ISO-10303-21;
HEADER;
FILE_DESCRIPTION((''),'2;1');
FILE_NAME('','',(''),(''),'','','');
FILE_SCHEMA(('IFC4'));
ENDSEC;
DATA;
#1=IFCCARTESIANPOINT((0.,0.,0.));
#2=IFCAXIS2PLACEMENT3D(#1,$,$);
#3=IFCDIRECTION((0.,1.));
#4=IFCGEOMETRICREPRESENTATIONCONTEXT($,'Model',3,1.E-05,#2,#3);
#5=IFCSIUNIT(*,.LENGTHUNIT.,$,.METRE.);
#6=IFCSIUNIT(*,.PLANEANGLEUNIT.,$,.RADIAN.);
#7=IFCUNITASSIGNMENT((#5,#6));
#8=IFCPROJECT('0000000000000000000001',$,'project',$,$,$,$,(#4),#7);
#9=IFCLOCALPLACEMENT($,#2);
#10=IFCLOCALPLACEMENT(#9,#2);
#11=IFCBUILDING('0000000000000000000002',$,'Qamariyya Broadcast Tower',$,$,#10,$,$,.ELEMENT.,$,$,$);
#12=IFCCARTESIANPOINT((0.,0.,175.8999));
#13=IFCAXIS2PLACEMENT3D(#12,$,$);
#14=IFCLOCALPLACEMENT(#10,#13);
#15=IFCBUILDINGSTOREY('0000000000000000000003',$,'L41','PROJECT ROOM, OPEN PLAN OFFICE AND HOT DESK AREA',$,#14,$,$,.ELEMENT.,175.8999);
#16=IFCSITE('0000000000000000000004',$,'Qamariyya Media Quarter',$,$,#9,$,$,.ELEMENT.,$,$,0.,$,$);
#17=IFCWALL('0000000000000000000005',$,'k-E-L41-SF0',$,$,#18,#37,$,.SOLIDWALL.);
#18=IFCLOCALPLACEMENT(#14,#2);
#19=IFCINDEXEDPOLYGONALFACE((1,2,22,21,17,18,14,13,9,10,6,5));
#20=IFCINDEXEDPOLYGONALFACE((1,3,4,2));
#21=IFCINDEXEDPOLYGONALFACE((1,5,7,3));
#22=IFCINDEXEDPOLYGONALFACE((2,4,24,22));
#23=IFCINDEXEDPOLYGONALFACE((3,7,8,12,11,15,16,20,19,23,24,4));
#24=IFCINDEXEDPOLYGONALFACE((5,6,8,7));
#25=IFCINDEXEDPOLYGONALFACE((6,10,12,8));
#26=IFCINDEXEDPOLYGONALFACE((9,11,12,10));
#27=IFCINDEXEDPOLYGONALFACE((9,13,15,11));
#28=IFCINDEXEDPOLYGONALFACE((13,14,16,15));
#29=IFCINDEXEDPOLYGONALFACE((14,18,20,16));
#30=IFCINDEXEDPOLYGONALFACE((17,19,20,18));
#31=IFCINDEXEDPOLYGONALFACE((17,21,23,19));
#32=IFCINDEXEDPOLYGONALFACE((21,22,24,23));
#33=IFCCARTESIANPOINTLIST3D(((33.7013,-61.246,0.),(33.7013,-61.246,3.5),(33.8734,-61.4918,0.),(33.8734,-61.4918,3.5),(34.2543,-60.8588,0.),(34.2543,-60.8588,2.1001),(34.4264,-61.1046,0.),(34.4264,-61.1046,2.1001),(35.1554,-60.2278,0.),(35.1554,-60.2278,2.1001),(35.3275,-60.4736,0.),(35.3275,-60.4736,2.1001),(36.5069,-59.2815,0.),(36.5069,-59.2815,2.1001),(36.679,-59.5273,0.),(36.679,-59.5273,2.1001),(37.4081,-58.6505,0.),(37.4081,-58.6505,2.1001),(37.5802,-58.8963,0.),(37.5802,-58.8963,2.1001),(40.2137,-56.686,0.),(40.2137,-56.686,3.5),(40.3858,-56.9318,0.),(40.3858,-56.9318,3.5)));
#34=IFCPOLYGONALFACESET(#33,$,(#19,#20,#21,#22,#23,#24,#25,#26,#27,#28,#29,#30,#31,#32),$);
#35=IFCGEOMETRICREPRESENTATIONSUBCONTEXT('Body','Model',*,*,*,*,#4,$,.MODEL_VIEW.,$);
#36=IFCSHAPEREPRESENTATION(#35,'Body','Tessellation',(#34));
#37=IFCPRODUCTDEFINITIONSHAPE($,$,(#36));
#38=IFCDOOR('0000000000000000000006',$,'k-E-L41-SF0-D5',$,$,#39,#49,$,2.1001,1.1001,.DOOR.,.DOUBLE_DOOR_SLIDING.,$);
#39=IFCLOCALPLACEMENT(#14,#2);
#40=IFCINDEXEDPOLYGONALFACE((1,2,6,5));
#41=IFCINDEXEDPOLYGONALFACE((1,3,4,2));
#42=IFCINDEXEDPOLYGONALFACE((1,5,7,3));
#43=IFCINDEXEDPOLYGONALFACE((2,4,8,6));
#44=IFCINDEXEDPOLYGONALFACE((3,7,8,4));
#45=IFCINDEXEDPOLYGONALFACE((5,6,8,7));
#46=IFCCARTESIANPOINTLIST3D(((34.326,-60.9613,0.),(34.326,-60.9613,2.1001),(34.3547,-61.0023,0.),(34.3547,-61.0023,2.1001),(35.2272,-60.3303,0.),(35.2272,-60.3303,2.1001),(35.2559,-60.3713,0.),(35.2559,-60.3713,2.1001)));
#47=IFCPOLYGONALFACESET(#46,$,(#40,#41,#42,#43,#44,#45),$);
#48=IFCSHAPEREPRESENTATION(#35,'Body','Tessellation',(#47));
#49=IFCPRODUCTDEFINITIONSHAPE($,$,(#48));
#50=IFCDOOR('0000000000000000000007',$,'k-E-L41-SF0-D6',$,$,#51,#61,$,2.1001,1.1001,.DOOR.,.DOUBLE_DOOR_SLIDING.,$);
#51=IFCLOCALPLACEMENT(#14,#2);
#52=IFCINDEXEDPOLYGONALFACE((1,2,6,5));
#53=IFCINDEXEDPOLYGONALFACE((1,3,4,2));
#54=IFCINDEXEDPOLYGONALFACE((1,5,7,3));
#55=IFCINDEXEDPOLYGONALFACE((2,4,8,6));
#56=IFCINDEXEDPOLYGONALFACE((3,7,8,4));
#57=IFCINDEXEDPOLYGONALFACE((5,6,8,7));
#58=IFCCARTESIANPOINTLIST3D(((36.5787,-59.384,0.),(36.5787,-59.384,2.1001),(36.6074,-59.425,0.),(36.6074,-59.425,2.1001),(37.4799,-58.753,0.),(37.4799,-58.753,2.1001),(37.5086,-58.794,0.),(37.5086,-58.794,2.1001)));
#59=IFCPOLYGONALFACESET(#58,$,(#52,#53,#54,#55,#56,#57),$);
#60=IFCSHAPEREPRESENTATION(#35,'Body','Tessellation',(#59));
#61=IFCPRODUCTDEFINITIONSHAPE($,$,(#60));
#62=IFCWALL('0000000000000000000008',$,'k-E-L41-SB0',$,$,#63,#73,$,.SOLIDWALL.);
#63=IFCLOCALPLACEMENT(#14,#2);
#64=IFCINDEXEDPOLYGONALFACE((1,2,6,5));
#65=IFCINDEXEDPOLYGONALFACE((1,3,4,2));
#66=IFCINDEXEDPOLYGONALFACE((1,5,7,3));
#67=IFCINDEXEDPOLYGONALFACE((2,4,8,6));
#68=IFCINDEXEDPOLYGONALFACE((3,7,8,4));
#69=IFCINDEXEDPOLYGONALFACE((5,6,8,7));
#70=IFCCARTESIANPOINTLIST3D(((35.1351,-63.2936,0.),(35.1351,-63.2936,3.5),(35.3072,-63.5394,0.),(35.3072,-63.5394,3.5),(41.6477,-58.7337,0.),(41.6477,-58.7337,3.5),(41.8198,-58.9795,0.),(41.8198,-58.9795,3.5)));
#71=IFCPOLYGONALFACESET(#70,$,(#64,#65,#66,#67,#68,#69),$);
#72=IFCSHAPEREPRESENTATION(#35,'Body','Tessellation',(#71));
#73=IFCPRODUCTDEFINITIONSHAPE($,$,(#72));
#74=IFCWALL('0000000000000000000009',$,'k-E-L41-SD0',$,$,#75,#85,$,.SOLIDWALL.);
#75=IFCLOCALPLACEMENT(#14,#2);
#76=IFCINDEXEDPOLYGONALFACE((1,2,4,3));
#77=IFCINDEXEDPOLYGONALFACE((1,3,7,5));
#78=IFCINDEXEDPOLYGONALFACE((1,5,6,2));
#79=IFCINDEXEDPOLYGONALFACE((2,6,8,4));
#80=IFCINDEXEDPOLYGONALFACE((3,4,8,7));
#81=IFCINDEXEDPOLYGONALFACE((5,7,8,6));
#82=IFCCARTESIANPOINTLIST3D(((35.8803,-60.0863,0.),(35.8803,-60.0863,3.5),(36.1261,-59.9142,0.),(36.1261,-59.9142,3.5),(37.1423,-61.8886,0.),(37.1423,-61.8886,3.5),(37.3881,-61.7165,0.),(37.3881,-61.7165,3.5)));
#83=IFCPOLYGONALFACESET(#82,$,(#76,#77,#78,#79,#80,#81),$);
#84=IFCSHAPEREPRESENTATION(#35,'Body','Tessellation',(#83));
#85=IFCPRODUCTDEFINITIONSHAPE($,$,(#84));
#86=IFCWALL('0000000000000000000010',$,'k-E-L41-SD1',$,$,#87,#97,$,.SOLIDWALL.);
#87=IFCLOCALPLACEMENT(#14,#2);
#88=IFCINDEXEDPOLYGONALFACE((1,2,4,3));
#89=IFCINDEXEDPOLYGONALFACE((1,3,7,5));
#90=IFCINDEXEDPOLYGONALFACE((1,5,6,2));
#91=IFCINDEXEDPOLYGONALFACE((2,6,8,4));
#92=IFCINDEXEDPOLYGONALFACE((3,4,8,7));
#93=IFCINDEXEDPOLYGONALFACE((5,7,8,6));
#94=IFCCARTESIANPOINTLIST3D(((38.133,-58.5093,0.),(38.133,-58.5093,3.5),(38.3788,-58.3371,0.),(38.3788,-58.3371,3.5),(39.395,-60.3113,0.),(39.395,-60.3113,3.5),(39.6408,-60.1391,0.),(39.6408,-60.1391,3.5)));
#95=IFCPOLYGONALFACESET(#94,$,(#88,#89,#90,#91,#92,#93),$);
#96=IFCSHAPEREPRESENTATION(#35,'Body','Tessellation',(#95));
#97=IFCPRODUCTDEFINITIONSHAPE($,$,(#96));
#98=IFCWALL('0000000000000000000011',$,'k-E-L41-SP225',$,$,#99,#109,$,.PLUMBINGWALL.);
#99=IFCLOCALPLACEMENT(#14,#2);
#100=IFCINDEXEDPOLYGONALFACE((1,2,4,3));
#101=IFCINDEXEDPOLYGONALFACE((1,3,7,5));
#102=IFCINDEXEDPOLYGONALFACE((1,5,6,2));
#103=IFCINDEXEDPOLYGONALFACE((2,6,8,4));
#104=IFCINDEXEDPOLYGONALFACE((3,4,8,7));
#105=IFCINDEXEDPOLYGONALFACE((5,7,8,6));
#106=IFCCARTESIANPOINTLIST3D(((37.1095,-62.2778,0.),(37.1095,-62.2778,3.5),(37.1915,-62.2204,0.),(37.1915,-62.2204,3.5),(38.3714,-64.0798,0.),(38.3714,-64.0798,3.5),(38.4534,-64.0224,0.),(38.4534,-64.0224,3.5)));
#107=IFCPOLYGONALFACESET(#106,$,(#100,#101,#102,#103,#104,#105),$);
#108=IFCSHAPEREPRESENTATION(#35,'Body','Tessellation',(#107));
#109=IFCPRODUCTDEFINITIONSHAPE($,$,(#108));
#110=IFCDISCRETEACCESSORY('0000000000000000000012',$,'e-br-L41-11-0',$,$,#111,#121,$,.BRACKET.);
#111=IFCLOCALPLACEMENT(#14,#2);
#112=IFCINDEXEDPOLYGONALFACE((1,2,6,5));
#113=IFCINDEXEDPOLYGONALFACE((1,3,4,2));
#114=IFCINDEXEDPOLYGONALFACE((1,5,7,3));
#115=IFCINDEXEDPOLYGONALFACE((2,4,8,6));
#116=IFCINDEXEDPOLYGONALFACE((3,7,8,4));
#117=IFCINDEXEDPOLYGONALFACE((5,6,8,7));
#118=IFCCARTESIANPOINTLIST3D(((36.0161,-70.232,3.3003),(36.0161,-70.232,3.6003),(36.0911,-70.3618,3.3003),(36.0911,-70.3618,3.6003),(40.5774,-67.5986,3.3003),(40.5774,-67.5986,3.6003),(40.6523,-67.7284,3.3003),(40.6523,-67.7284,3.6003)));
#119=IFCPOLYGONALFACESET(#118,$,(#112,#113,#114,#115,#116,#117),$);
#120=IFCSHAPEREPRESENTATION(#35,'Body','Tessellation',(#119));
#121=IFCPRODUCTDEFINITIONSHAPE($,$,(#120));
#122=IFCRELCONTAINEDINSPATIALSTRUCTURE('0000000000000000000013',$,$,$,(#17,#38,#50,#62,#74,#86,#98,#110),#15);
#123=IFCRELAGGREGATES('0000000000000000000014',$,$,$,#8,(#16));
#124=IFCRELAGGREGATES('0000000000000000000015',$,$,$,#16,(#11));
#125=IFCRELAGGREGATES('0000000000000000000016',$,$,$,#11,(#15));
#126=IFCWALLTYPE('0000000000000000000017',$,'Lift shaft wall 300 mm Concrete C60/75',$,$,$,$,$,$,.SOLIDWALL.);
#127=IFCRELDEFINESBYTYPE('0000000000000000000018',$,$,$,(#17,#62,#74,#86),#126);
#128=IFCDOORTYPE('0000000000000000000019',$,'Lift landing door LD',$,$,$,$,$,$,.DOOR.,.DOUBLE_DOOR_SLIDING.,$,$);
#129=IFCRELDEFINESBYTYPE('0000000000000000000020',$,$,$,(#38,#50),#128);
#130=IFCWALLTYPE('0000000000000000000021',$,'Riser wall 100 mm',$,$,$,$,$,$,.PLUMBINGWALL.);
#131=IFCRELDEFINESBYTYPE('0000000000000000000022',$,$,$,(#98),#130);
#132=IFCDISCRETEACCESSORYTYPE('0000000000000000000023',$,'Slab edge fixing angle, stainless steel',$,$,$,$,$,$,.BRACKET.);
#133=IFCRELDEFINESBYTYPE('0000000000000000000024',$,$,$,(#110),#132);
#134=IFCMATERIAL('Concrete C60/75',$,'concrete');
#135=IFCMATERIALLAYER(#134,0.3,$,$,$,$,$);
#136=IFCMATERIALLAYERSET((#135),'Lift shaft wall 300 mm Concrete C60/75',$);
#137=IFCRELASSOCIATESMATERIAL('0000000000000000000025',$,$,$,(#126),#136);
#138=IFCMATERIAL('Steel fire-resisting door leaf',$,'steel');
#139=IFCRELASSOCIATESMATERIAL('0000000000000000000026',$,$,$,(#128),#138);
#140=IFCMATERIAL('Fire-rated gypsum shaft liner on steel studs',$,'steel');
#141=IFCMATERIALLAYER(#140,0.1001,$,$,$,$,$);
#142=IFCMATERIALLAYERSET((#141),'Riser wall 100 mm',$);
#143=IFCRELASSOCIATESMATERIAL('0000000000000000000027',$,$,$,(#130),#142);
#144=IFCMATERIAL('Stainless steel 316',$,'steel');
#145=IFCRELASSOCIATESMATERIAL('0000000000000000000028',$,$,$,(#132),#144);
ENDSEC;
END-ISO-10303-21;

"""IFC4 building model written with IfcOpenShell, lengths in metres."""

from ifc_helpers import new_model, si_unit, direction, frame, frame_2d, origin, origin_2d, place, context, subcontext, project, spatial, rectangle, extrude, material, layer, layer_set, type_object, element, fill, save


model = new_model("IFC4")

# Units and contexts
model_context = context("Model", 3, precision=1e-05, world=origin(), true_north=direction((0.0, 1.0)))
body_context = subcontext(model_context, "Body", "Model", "MODEL_VIEW")
ifc_project = project(units=[si_unit("LENGTHUNIT", "METRE"), si_unit("PLANEANGLEUNIT", "RADIAN")], contexts=[model_context])

# Site, building, storey
site_placement = place(None, origin())
site = spatial("IfcSite", under=ifc_project, at=site_placement, Name="Qamariyya Media Quarter", CompositionType="ELEMENT", RefElevation=0.0)
building_placement = place(site_placement, origin())
building = spatial("IfcBuilding", under=site, at=building_placement, Name="Qamariyya Broadcast Tower", CompositionType="ELEMENT")
storey_placement = place(building_placement, frame((0.0, 0.0, 175.8999)))
storey = spatial("IfcBuildingStorey", under=building, at=storey_placement, Name="L41", Description="PROJECT ROOM, OPEN PLAN OFFICE AND HOT DESK AREA", CompositionType="ELEMENT", Elevation=175.8999)

# Shared definitions
ifc_material_1 = material(Name="Concrete C60/75", Category="concrete")

# Shared definitions
ifc_material_2 = material(Name="Steel fire-resisting door leaf", Category="steel")

# Shared definitions
ifc_layer_1 = layer(ifc_material_1, 0.3)
ifc_layer_set_1 = layer_set([ifc_layer_1], Name="Lift shaft wall 300 mm Concrete C60/75")
wall_type_1 = type_object("IfcWallType", Name="Lift shaft wall 300 mm Concrete C60/75", PredefinedType="SOLIDWALL", material=ifc_layer_set_1)

# Wall, openings, doors
wall_1_placement = place(storey_placement, frame((33.7874, -61.3689, 0.0), z_axis=(0.0, 0.0, 1.0), x_axis=(0.819153, 0.573576, 0.0)))
wall_1 = element("IfcWall", 1, at=wall_1_placement, inside=storey, type_object=wall_type_1, Name="k-E-L41-SF0", PredefinedType="SOLIDWALL", context=body_context, shape_type="SweptSolid", body=[
    extrude(rectangle(XDim=7.9502, YDim=0.3, at=frame_2d((3.9751, 0.0))), origin(), (0.0, 0.0, 1.0), 3.5),
])
opening_1_placement = place(wall_1_placement, frame((0.675, 0.0, 0.0)))
opening_1 = element("IfcOpeningElement", 2, at=opening_1_placement, cuts=wall_1, PredefinedType="OPENING", context=body_context, shape_type="SweptSolid", body=[
    extrude(rectangle(XDim=1.1001, YDim=2.1001, at=frame_2d((0.55, 1.05))), frame((0.0, 0.1599, 0.0), z_axis=(0.0, -1.0, 0.0), x_axis=(1.0, 0.0, 0.0)), (0.0, 0.0, 1.0), 0.3201),
])
opening_2_placement = place(wall_1_placement, frame((3.425, 0.0, 0.0)))
opening_2 = element("IfcOpeningElement", 3, at=opening_2_placement, cuts=wall_1, PredefinedType="OPENING", context=body_context, shape_type="SweptSolid", body=[
    extrude(rectangle(XDim=1.1001, YDim=2.1001, at=frame_2d((0.55, 1.05))), frame((0.0, 0.1599, 0.0), z_axis=(0.0, -1.0, 0.0), x_axis=(1.0, 0.0, 0.0)), (0.0, 0.0, 1.0), 0.3201),
])
door_type_1 = type_object("IfcDoorType", Name="Lift landing door LD", OperationType="DOUBLE_DOOR_SLIDING", PredefinedType="DOOR", material=ifc_material_2)
door_1_placement = place(opening_1_placement, origin())
door_1 = element("IfcDoor", 4, at=door_1_placement, inside=storey, type_object=door_type_1, Name="k-E-L41-SF0-D5", OperationType="DOUBLE_DOOR_SLIDING", OverallHeight=2.1001, OverallWidth=1.1001, PredefinedType="DOOR", context=body_context, shape_type="SweptSolid", body=[
    extrude(rectangle(XDim=1.1001, YDim=2.1001, at=frame_2d((0.55, 1.05))), frame((0.0, 0.0249, 0.0), z_axis=(0.0, -1.0, 0.0), x_axis=(1.0, 0.0, 0.0)), (0.0, 0.0, 1.0), 0.05),
])
fill(opening_1, door_1)
door_2_placement = place(opening_2_placement, origin())
door_2 = element("IfcDoor", 5, at=door_2_placement, inside=storey, type_object=door_type_1, Name="k-E-L41-SF0-D6", OperationType="DOUBLE_DOOR_SLIDING", OverallHeight=2.1001, OverallWidth=1.1001, PredefinedType="DOOR", context=body_context, shape_type="SweptSolid", body=[
    extrude(rectangle(XDim=1.1001, YDim=2.1001, at=frame_2d((0.55, 1.05))), frame((0.0, 0.0249, 0.0), z_axis=(0.0, -1.0, 0.0), x_axis=(1.0, 0.0, 0.0)), (0.0, 0.0, 1.0), 0.05),
])
fill(opening_2, door_2)

# Walls
wall_2_placement = place(storey_placement, frame((35.2212, -63.4165, 0.0), z_axis=(0.0, 0.0, 1.0), x_axis=(0.819167, 0.573555, 0.0)))
element("IfcWall", 6, at=wall_2_placement, inside=storey, type_object=wall_type_1, Name="k-E-L41-SB0", PredefinedType="SOLIDWALL", context=body_context, shape_type="SweptSolid", body=[
    extrude(rectangle(XDim=7.9502, YDim=0.3, at=frame_2d((3.9751, 0.0))), origin(), (0.0, 0.0, 1.0), 3.5),
])
wall_3_placement = place(storey_placement, frame((36.0032, -60.0002, 0.0), z_axis=(0.0, 0.0, 1.0), x_axis=(0.573581, -0.819149, 0.0)))
element("IfcWall", 7, at=wall_3_placement, inside=storey, type_object=wall_type_1, Name="k-E-L41-SD0", PredefinedType="SOLIDWALL", context=body_context, shape_type="SweptSolid", body=[
    extrude(rectangle(XDim=2.2002, YDim=0.3, at=frame_2d((1.1001, 0.0))), origin(), (0.0, 0.0, 1.0), 3.5),
])
wall_4_placement = place(storey_placement, frame((38.2559, -58.4231, 0.0), z_axis=(0.0, 0.0, 1.0), x_axis=(0.573634, -0.819112, 0.0)))
element("IfcWall", 8, at=wall_4_placement, inside=storey, type_object=wall_type_1, Name="k-E-L41-SD1", PredefinedType="SOLIDWALL", context=body_context, shape_type="SweptSolid", body=[
    extrude(rectangle(XDim=2.2, YDim=0.3, at=frame_2d((1.1001, 0.0))), origin(), (0.0, 0.0, 1.0), 3.5),
])
ifc_material_3 = material(Name="Fire-rated gypsum shaft liner on steel studs", Category="steel")
ifc_layer_2 = layer(ifc_material_3, 0.1001)
ifc_layer_set_2 = layer_set([ifc_layer_2], Name="Riser wall 100 mm")
wall_type_2 = type_object("IfcWallType", Name="Riser wall 100 mm", PredefinedType="PLUMBINGWALL", material=ifc_layer_set_2)
wall_5_placement = place(storey_placement, frame((37.1504, -62.249, 0.0), z_axis=(0.0, 0.0, 1.0), x_axis=(0.573634, -0.819112, 0.0)))
element("IfcWall", 9, at=wall_5_placement, inside=storey, type_object=wall_type_2, Name="k-E-L41-SP225", PredefinedType="PLUMBINGWALL", context=body_context, shape_type="SweptSolid", body=[
    extrude(rectangle(XDim=2.2, YDim=0.1001, at=frame_2d((1.1001, 0.0))), origin(), (0.0, 0.0, 1.0), 3.5),
])

# Discrete accessory
ifc_material_4 = material(Name="Stainless steel 316", Category="steel")
discrete_accessory_type = type_object("IfcDiscreteAccessoryType", Name="Slab edge fixing angle, stainless steel", PredefinedType="BRACKET", material=ifc_material_4)
discrete_accessory_placement = place(storey_placement, frame((38.3342, -68.9802, 3.3003), z_axis=(0.0, 0.0, 1.0), x_axis=(0.866025, 0.5, 0.0)))
element("IfcDiscreteAccessory", 10, at=discrete_accessory_placement, inside=storey, type_object=discrete_accessory_type, Name="e-br-L41-11-0", PredefinedType="BRACKET", context=body_context, shape_type="SweptSolid", body=[
    extrude(rectangle(XDim=5.2668, YDim=0.1499, at=origin_2d()), origin(), (0.0, 0.0, 1.0), 0.3),
])

save(model, "model.ifc")
